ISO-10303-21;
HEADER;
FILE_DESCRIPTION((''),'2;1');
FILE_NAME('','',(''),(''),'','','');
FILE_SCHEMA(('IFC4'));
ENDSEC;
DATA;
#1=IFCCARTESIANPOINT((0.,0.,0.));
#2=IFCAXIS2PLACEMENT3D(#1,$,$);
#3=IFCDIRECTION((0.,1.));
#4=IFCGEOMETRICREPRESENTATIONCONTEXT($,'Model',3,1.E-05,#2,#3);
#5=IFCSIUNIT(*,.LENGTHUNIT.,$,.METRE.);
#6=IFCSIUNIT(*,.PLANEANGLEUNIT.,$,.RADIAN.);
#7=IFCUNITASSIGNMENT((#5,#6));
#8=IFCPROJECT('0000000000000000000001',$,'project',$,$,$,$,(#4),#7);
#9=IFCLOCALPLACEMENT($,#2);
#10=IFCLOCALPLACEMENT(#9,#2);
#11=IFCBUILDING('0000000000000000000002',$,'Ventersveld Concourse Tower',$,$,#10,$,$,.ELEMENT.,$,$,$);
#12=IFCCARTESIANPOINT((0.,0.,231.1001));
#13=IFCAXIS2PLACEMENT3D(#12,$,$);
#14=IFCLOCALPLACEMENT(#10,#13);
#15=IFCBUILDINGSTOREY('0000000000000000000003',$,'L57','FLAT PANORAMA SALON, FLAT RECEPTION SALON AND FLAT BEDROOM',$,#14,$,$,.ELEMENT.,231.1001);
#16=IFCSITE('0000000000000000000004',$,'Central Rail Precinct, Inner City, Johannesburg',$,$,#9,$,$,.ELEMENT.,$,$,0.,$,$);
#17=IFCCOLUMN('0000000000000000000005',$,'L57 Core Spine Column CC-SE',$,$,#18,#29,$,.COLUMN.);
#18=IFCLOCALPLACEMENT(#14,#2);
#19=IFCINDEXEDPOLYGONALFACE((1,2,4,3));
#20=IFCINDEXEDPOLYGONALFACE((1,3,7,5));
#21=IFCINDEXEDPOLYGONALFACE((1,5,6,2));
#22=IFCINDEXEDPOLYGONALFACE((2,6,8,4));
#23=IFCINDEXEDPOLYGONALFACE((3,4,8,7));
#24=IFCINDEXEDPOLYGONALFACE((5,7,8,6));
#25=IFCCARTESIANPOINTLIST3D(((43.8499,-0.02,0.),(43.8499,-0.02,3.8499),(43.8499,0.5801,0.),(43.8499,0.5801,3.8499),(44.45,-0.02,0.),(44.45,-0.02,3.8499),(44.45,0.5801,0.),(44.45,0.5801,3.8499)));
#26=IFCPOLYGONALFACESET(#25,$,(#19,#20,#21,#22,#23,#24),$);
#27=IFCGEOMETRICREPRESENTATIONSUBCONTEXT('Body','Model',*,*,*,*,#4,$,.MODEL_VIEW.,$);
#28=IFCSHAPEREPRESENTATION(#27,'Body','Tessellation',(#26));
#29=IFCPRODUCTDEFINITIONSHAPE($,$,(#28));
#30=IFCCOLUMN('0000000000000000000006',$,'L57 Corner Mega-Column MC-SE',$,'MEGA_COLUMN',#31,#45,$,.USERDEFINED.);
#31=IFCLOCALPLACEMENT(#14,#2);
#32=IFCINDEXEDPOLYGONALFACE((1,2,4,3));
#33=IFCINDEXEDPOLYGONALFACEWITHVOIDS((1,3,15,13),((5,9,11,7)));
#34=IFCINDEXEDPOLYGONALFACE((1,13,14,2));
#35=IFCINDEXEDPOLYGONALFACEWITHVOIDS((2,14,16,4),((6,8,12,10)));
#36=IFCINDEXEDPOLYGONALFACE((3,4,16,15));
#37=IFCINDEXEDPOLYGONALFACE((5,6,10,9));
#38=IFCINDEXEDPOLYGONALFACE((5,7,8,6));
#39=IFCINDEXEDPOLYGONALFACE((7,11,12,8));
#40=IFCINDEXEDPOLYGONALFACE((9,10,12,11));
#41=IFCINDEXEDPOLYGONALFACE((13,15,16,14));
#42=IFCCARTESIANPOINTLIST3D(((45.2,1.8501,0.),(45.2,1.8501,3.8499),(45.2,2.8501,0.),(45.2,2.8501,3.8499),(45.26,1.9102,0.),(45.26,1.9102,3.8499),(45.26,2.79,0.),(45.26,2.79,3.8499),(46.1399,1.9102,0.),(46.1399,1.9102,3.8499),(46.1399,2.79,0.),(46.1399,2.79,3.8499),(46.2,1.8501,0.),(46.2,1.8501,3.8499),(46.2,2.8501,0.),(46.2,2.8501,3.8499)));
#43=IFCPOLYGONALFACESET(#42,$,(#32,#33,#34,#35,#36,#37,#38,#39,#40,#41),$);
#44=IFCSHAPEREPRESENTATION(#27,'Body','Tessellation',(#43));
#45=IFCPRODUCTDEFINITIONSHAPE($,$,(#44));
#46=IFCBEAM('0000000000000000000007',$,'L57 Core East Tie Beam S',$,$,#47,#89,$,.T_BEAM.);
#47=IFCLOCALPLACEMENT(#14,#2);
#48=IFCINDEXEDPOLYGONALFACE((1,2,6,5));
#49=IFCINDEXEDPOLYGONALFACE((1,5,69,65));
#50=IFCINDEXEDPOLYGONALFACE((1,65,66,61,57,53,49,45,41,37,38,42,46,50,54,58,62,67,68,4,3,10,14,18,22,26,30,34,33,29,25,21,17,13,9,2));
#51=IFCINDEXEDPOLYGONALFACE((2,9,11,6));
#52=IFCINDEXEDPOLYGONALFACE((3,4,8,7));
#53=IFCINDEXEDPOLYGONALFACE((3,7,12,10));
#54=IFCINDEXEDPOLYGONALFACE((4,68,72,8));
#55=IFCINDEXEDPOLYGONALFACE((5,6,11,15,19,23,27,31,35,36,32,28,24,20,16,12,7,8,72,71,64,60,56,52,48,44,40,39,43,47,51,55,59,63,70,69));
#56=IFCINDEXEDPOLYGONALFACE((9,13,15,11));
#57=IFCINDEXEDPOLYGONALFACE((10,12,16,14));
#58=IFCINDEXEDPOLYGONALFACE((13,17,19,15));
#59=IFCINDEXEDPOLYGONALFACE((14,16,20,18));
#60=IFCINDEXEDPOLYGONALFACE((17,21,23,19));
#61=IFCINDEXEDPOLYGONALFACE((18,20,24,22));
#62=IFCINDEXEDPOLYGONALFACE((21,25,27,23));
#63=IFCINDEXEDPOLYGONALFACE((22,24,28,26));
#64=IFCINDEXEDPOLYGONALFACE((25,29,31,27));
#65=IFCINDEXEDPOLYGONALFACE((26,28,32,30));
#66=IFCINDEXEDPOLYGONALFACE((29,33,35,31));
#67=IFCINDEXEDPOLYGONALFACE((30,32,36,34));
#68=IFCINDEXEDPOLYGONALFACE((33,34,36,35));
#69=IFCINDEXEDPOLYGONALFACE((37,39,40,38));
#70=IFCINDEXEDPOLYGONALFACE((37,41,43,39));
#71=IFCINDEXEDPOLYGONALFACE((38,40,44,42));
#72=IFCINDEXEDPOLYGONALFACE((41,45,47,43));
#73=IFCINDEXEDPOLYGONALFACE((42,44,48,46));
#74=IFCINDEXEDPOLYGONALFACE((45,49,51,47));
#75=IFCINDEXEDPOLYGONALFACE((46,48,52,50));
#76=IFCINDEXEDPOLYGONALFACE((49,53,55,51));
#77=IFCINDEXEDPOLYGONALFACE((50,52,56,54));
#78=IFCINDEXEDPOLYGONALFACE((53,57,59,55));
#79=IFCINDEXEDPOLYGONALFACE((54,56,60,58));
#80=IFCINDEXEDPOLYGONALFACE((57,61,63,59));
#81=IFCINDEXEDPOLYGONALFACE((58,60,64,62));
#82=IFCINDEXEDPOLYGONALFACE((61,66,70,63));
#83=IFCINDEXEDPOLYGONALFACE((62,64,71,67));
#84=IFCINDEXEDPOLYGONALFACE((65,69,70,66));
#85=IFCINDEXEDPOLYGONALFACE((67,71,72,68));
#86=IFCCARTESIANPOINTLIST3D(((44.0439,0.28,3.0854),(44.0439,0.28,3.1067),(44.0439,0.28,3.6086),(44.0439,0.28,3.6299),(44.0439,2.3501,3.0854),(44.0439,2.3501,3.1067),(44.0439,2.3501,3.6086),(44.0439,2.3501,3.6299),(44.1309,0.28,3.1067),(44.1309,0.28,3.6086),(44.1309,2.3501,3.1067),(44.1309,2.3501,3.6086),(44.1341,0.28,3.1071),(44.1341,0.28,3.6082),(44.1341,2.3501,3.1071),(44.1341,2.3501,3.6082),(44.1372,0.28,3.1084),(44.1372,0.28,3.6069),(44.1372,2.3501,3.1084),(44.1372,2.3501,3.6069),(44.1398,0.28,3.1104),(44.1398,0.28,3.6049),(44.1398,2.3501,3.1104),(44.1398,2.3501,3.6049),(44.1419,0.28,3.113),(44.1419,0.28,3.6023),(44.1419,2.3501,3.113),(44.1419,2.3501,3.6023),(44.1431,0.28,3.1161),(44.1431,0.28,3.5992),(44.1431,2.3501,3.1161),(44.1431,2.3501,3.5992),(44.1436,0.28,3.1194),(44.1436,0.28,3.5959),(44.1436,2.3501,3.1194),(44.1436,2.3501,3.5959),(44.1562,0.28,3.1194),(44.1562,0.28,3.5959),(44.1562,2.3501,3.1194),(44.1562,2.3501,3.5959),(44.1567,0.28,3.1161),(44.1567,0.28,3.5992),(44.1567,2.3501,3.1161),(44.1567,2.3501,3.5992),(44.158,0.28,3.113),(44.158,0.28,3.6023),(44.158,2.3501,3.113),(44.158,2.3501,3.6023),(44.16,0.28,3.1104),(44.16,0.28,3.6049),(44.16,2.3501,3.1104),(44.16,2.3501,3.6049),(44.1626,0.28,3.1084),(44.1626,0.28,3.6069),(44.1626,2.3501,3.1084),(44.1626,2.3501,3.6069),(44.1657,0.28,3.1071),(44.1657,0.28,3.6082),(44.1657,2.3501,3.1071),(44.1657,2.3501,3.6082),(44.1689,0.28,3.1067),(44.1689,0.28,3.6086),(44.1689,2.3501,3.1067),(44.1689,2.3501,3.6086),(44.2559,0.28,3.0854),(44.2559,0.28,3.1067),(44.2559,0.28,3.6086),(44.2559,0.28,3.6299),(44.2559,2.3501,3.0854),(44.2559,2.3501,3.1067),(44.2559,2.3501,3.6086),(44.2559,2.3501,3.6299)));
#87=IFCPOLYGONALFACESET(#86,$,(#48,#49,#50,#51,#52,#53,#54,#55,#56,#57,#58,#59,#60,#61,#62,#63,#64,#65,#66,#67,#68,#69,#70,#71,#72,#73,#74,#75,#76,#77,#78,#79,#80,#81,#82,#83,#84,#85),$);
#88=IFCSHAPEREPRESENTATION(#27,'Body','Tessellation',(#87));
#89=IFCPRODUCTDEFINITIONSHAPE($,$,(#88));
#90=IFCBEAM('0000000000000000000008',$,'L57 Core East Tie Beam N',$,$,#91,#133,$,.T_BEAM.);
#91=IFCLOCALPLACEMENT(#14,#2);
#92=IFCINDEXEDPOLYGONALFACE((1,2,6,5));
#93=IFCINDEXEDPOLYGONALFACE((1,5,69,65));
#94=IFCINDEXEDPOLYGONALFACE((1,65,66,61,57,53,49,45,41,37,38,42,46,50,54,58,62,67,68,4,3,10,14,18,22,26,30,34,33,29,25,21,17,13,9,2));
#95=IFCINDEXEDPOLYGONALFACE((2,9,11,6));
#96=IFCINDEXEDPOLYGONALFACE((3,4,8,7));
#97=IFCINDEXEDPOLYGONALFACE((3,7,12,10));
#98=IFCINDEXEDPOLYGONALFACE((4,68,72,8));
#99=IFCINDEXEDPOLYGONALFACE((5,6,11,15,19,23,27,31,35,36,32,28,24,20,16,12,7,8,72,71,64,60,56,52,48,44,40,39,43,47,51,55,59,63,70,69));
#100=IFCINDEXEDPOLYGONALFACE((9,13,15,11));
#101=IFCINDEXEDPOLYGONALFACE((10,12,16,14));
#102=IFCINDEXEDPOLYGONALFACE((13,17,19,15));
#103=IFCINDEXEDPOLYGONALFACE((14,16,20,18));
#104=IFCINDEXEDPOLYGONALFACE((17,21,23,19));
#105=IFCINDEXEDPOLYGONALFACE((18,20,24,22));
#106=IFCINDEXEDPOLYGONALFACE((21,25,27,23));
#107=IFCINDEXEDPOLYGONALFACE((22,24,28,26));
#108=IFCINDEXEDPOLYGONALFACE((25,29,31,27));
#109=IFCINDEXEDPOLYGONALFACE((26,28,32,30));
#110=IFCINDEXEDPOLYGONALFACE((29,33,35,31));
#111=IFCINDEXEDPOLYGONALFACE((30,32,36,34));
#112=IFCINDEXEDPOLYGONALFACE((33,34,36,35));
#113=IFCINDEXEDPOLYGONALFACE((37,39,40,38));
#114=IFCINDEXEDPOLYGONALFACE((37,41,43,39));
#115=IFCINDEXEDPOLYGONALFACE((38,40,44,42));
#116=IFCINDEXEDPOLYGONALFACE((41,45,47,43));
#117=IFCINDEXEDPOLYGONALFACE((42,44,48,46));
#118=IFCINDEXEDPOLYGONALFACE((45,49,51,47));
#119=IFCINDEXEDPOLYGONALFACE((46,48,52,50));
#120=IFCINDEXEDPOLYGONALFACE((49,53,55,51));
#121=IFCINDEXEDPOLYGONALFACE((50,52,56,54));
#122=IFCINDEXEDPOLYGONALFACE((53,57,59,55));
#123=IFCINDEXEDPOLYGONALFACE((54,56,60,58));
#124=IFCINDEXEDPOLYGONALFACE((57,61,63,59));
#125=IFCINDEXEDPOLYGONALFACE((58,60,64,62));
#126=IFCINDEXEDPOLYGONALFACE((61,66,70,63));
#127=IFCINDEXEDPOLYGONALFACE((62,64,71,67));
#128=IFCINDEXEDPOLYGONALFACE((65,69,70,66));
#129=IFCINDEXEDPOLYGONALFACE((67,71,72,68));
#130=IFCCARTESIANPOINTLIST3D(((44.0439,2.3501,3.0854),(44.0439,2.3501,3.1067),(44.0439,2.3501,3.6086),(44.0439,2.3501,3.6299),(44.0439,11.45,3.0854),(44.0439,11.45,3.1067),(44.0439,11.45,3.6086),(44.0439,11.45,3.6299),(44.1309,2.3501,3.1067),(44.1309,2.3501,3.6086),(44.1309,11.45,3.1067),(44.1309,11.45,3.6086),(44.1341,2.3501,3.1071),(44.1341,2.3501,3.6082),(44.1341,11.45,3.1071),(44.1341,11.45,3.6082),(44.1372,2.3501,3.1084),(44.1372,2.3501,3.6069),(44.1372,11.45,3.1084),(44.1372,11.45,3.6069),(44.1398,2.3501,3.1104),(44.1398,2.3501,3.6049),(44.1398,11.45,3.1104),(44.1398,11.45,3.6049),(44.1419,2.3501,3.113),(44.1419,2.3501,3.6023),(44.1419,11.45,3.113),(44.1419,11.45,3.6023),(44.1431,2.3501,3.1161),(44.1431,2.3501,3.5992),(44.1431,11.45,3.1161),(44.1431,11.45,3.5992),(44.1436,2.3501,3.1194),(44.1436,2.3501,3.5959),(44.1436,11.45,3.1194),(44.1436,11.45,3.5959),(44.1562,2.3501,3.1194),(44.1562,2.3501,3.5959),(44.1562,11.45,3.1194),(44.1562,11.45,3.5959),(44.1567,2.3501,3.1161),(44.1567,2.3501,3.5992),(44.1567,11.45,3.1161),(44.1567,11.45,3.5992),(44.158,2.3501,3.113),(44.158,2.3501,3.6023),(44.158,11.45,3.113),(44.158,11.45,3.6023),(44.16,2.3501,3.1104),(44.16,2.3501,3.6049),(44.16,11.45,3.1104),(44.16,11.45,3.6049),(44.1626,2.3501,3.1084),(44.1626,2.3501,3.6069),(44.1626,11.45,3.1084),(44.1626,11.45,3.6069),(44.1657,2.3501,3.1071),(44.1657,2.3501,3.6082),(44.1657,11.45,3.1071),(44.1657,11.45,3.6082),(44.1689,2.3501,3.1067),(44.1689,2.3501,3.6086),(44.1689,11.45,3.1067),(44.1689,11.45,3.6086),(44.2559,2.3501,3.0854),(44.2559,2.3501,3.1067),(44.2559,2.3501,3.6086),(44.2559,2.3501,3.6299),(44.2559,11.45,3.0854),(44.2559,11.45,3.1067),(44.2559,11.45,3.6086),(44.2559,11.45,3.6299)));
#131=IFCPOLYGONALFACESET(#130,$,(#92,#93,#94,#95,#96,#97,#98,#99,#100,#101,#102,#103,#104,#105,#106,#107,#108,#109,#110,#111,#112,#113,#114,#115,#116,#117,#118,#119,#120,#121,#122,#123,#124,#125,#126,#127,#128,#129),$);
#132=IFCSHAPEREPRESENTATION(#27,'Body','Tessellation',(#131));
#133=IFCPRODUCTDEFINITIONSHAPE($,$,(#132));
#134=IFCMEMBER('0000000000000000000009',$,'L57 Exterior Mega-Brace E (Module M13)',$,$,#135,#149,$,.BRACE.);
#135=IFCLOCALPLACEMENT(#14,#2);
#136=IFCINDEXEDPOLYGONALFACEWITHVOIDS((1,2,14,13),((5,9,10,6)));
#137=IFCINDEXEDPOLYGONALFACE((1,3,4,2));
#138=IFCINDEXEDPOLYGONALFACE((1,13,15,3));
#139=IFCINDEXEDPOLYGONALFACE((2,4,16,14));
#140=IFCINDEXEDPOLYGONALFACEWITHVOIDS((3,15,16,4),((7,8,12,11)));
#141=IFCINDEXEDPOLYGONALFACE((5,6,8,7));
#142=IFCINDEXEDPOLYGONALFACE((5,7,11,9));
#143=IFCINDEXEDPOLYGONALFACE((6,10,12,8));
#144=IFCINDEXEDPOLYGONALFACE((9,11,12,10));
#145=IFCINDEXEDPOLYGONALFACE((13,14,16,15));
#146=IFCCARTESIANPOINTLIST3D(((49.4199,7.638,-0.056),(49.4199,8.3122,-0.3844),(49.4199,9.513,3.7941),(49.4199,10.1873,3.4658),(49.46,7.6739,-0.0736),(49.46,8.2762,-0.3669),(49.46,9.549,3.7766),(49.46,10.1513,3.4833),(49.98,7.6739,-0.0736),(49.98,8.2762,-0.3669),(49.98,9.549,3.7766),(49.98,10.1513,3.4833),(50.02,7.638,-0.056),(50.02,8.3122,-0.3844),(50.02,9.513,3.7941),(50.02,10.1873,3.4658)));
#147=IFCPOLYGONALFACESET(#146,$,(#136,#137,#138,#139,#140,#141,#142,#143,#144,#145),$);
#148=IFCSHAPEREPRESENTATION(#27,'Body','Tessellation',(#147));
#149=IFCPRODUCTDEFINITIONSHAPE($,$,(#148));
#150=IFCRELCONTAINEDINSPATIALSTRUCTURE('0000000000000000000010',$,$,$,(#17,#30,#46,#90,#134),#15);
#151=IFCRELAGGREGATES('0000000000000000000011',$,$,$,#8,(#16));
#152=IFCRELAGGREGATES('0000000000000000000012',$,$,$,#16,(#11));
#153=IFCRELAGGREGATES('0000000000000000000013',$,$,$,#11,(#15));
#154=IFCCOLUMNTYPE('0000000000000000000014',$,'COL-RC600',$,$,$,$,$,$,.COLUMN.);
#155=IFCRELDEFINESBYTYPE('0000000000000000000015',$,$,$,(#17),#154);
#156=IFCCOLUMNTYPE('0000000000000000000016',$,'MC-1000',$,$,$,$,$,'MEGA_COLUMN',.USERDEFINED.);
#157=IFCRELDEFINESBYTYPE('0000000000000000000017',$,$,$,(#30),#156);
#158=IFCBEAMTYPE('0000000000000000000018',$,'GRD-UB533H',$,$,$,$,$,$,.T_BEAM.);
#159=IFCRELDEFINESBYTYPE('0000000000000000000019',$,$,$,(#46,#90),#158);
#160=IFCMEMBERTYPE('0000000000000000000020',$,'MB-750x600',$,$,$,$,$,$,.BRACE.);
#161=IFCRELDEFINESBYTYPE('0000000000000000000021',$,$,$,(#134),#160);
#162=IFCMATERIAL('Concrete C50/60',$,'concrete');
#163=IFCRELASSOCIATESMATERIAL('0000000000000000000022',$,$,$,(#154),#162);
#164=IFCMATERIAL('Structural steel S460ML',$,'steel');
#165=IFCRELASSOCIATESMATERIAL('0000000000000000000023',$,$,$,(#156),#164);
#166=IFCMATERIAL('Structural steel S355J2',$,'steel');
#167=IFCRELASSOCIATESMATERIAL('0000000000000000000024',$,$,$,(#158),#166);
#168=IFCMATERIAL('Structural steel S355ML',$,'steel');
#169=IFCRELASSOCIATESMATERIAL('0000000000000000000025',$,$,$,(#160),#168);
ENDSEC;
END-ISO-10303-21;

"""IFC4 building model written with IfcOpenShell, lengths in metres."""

from ifc_helpers import new_model, si_unit, direction, frame, origin, origin_2d, place, context, subcontext, project, spatial, rectangle, hollow_rectangle, i_section, extrude, material, material_profile, profile_set, type_object, element, save


model = new_model("IFC4")

# Units and contexts
model_context = context("Model", 3, precision=1e-05, world=origin(), true_north=direction((0.0, 1.0)))
body_context = subcontext(model_context, "Body", "Model", "MODEL_VIEW")
ifc_project = project(units=[si_unit("LENGTHUNIT", "METRE"), si_unit("PLANEANGLEUNIT", "RADIAN")], contexts=[model_context])

# Site, building, storey
site_placement = place(None, origin())
site = spatial("IfcSite", under=ifc_project, at=site_placement, Name="Central Rail Precinct, Inner City, Johannesburg", CompositionType="ELEMENT", RefElevation=0.0)
building_placement = place(site_placement, origin())
building = spatial("IfcBuilding", under=site, at=building_placement, Name="Ventersveld Concourse Tower", CompositionType="ELEMENT")
storey_placement = place(building_placement, frame((0.0, 0.0, 231.1001)))
storey = spatial("IfcBuildingStorey", under=building, at=storey_placement, Name="L57", Description="FLAT PANORAMA SALON, FLAT RECEPTION SALON AND FLAT BEDROOM", CompositionType="ELEMENT", Elevation=231.1001)

# Columns
ifc_material_1 = material(Name="Concrete C50/60", Category="concrete")
ifc_material_profile_1 = material_profile(ifc_material_1, rectangle(XDim=0.6001, YDim=0.6001, at=origin_2d()), Name="RC 600x600")
ifc_profile_set_1 = profile_set([ifc_material_profile_1], Name="Concrete C50/60")
column_type_1 = type_object("IfcColumnType", Name="COL-RC600", PredefinedType="COLUMN", material=ifc_profile_set_1)
column_1_placement = place(storey_placement, frame((44.1499, 0.28, 0.0), z_axis=(0.0, 0.0, 1.0), x_axis=(1.0, 0.0, 0.0)))
element("IfcColumn", 1, at=column_1_placement, inside=storey, type_object=column_type_1, Name="L57 Core Spine Column CC-SE", PredefinedType="COLUMN", context=body_context, shape_type="SweptSolid", body=[
    extrude(rectangle(XDim=0.6001, YDim=0.6001, at=origin_2d()), origin(), (0.0, 0.0, 1.0), 3.8499),
])
ifc_material_2 = material(Name="Structural steel S460ML", Category="steel")
ifc_material_profile_2 = material_profile(ifc_material_2, hollow_rectangle(XDim=1.0, YDim=1.0, WallThickness=0.0601, at=origin_2d()), Name="BOX 1000x1000x60")
ifc_profile_set_2 = profile_set([ifc_material_profile_2], Name="Structural steel S460ML")
column_type_2 = type_object("IfcColumnType", Name="MC-1000", ElementType="MEGA_COLUMN", PredefinedType="USERDEFINED", material=ifc_profile_set_2)
column_2_placement = place(storey_placement, frame((45.7, 2.3501, 0.0), z_axis=(0.0, 0.0, 1.0), x_axis=(1.0, 0.0, 0.0)))
element("IfcColumn", 2, at=column_2_placement, inside=storey, type_object=column_type_2, Name="L57 Corner Mega-Column MC-SE", ObjectType="MEGA_COLUMN", PredefinedType="USERDEFINED", context=body_context, shape_type="SweptSolid", body=[
    extrude(hollow_rectangle(XDim=1.0, YDim=1.0, WallThickness=0.0601, at=origin_2d()), origin(), (0.0, 0.0, 1.0), 3.8499),
])

# Beams
ifc_material_3 = material(Name="Structural steel S355J2", Category="steel")
ifc_material_profile_3 = material_profile(ifc_material_3, i_section(OverallWidth=0.2119, OverallDepth=0.5444, WebThickness=0.0127, FlangeThickness=0.0212, FilletRadius=0.0127, at=origin_2d()), Name="UB 533x210x122")
ifc_profile_set_3 = profile_set([ifc_material_profile_3], Name="Structural steel S355J2")
beam_type_1 = type_object("IfcBeamType", Name="GRD-UB533H", PredefinedType="T_BEAM", material=ifc_profile_set_3)
beam_1_placement = place(storey_placement, frame((44.1499, 0.28, 3.3577), z_axis=(0.0, 1.0, 0.0), x_axis=(-1.0, 0.0, 0.0)))
element("IfcBeam", 3, at=beam_1_placement, inside=storey, type_object=beam_type_1, Name="L57 Core East Tie Beam S", PredefinedType="T_BEAM", context=body_context, shape_type="SweptSolid", body=[
    extrude(i_section(OverallWidth=0.2119, OverallDepth=0.5444, WebThickness=0.0127, FlangeThickness=0.0212, FilletRadius=0.0127, at=origin_2d()), origin(), (0.0, 0.0, 1.0), 2.0701),
])
beam_2_placement = place(storey_placement, frame((44.1499, 2.3501, 3.3577), z_axis=(0.0, 1.0, 0.0), x_axis=(-1.0, 0.0, 0.0)))
element("IfcBeam", 4, at=beam_2_placement, inside=storey, type_object=beam_type_1, Name="L57 Core East Tie Beam N", PredefinedType="T_BEAM", context=body_context, shape_type="SweptSolid", body=[
    extrude(i_section(OverallWidth=0.2119, OverallDepth=0.5444, WebThickness=0.0127, FlangeThickness=0.0212, FilletRadius=0.0127, at=origin_2d()), origin(), (0.0, 0.0, 1.0), 9.0999),
])

# Member
ifc_material_4 = material(Name="Structural steel S355ML", Category="steel")
ifc_material_profile_4 = material_profile(ifc_material_4, hollow_rectangle(XDim=0.6001, YDim=0.75, WallThickness=0.04, at=origin_2d()), Name="BOX 750x600x40")
ifc_profile_set_4 = profile_set([ifc_material_profile_4], Name="Structural steel S355ML")
member_type = type_object("IfcMemberType", Name="MB-750x600", PredefinedType="BRACE", material=ifc_profile_set_4)
member_placement = place(storey_placement, frame((49.72, 7.9751, -0.2202), z_axis=(0.0, 0.437839, 0.899053), x_axis=(-1.0, 0.0, 0.0)))
element("IfcMember", 5, at=member_placement, inside=storey, type_object=member_type, Name="L57 Exterior Mega-Brace E (Module M13)", PredefinedType="BRACE", context=body_context, shape_type="SweptSolid", body=[
    extrude(hollow_rectangle(XDim=0.6001, YDim=0.75, WallThickness=0.04, at=origin_2d()), origin(), (0.0, 0.0, 1.0), 4.2825),
])

save(model, "model.ifc")
